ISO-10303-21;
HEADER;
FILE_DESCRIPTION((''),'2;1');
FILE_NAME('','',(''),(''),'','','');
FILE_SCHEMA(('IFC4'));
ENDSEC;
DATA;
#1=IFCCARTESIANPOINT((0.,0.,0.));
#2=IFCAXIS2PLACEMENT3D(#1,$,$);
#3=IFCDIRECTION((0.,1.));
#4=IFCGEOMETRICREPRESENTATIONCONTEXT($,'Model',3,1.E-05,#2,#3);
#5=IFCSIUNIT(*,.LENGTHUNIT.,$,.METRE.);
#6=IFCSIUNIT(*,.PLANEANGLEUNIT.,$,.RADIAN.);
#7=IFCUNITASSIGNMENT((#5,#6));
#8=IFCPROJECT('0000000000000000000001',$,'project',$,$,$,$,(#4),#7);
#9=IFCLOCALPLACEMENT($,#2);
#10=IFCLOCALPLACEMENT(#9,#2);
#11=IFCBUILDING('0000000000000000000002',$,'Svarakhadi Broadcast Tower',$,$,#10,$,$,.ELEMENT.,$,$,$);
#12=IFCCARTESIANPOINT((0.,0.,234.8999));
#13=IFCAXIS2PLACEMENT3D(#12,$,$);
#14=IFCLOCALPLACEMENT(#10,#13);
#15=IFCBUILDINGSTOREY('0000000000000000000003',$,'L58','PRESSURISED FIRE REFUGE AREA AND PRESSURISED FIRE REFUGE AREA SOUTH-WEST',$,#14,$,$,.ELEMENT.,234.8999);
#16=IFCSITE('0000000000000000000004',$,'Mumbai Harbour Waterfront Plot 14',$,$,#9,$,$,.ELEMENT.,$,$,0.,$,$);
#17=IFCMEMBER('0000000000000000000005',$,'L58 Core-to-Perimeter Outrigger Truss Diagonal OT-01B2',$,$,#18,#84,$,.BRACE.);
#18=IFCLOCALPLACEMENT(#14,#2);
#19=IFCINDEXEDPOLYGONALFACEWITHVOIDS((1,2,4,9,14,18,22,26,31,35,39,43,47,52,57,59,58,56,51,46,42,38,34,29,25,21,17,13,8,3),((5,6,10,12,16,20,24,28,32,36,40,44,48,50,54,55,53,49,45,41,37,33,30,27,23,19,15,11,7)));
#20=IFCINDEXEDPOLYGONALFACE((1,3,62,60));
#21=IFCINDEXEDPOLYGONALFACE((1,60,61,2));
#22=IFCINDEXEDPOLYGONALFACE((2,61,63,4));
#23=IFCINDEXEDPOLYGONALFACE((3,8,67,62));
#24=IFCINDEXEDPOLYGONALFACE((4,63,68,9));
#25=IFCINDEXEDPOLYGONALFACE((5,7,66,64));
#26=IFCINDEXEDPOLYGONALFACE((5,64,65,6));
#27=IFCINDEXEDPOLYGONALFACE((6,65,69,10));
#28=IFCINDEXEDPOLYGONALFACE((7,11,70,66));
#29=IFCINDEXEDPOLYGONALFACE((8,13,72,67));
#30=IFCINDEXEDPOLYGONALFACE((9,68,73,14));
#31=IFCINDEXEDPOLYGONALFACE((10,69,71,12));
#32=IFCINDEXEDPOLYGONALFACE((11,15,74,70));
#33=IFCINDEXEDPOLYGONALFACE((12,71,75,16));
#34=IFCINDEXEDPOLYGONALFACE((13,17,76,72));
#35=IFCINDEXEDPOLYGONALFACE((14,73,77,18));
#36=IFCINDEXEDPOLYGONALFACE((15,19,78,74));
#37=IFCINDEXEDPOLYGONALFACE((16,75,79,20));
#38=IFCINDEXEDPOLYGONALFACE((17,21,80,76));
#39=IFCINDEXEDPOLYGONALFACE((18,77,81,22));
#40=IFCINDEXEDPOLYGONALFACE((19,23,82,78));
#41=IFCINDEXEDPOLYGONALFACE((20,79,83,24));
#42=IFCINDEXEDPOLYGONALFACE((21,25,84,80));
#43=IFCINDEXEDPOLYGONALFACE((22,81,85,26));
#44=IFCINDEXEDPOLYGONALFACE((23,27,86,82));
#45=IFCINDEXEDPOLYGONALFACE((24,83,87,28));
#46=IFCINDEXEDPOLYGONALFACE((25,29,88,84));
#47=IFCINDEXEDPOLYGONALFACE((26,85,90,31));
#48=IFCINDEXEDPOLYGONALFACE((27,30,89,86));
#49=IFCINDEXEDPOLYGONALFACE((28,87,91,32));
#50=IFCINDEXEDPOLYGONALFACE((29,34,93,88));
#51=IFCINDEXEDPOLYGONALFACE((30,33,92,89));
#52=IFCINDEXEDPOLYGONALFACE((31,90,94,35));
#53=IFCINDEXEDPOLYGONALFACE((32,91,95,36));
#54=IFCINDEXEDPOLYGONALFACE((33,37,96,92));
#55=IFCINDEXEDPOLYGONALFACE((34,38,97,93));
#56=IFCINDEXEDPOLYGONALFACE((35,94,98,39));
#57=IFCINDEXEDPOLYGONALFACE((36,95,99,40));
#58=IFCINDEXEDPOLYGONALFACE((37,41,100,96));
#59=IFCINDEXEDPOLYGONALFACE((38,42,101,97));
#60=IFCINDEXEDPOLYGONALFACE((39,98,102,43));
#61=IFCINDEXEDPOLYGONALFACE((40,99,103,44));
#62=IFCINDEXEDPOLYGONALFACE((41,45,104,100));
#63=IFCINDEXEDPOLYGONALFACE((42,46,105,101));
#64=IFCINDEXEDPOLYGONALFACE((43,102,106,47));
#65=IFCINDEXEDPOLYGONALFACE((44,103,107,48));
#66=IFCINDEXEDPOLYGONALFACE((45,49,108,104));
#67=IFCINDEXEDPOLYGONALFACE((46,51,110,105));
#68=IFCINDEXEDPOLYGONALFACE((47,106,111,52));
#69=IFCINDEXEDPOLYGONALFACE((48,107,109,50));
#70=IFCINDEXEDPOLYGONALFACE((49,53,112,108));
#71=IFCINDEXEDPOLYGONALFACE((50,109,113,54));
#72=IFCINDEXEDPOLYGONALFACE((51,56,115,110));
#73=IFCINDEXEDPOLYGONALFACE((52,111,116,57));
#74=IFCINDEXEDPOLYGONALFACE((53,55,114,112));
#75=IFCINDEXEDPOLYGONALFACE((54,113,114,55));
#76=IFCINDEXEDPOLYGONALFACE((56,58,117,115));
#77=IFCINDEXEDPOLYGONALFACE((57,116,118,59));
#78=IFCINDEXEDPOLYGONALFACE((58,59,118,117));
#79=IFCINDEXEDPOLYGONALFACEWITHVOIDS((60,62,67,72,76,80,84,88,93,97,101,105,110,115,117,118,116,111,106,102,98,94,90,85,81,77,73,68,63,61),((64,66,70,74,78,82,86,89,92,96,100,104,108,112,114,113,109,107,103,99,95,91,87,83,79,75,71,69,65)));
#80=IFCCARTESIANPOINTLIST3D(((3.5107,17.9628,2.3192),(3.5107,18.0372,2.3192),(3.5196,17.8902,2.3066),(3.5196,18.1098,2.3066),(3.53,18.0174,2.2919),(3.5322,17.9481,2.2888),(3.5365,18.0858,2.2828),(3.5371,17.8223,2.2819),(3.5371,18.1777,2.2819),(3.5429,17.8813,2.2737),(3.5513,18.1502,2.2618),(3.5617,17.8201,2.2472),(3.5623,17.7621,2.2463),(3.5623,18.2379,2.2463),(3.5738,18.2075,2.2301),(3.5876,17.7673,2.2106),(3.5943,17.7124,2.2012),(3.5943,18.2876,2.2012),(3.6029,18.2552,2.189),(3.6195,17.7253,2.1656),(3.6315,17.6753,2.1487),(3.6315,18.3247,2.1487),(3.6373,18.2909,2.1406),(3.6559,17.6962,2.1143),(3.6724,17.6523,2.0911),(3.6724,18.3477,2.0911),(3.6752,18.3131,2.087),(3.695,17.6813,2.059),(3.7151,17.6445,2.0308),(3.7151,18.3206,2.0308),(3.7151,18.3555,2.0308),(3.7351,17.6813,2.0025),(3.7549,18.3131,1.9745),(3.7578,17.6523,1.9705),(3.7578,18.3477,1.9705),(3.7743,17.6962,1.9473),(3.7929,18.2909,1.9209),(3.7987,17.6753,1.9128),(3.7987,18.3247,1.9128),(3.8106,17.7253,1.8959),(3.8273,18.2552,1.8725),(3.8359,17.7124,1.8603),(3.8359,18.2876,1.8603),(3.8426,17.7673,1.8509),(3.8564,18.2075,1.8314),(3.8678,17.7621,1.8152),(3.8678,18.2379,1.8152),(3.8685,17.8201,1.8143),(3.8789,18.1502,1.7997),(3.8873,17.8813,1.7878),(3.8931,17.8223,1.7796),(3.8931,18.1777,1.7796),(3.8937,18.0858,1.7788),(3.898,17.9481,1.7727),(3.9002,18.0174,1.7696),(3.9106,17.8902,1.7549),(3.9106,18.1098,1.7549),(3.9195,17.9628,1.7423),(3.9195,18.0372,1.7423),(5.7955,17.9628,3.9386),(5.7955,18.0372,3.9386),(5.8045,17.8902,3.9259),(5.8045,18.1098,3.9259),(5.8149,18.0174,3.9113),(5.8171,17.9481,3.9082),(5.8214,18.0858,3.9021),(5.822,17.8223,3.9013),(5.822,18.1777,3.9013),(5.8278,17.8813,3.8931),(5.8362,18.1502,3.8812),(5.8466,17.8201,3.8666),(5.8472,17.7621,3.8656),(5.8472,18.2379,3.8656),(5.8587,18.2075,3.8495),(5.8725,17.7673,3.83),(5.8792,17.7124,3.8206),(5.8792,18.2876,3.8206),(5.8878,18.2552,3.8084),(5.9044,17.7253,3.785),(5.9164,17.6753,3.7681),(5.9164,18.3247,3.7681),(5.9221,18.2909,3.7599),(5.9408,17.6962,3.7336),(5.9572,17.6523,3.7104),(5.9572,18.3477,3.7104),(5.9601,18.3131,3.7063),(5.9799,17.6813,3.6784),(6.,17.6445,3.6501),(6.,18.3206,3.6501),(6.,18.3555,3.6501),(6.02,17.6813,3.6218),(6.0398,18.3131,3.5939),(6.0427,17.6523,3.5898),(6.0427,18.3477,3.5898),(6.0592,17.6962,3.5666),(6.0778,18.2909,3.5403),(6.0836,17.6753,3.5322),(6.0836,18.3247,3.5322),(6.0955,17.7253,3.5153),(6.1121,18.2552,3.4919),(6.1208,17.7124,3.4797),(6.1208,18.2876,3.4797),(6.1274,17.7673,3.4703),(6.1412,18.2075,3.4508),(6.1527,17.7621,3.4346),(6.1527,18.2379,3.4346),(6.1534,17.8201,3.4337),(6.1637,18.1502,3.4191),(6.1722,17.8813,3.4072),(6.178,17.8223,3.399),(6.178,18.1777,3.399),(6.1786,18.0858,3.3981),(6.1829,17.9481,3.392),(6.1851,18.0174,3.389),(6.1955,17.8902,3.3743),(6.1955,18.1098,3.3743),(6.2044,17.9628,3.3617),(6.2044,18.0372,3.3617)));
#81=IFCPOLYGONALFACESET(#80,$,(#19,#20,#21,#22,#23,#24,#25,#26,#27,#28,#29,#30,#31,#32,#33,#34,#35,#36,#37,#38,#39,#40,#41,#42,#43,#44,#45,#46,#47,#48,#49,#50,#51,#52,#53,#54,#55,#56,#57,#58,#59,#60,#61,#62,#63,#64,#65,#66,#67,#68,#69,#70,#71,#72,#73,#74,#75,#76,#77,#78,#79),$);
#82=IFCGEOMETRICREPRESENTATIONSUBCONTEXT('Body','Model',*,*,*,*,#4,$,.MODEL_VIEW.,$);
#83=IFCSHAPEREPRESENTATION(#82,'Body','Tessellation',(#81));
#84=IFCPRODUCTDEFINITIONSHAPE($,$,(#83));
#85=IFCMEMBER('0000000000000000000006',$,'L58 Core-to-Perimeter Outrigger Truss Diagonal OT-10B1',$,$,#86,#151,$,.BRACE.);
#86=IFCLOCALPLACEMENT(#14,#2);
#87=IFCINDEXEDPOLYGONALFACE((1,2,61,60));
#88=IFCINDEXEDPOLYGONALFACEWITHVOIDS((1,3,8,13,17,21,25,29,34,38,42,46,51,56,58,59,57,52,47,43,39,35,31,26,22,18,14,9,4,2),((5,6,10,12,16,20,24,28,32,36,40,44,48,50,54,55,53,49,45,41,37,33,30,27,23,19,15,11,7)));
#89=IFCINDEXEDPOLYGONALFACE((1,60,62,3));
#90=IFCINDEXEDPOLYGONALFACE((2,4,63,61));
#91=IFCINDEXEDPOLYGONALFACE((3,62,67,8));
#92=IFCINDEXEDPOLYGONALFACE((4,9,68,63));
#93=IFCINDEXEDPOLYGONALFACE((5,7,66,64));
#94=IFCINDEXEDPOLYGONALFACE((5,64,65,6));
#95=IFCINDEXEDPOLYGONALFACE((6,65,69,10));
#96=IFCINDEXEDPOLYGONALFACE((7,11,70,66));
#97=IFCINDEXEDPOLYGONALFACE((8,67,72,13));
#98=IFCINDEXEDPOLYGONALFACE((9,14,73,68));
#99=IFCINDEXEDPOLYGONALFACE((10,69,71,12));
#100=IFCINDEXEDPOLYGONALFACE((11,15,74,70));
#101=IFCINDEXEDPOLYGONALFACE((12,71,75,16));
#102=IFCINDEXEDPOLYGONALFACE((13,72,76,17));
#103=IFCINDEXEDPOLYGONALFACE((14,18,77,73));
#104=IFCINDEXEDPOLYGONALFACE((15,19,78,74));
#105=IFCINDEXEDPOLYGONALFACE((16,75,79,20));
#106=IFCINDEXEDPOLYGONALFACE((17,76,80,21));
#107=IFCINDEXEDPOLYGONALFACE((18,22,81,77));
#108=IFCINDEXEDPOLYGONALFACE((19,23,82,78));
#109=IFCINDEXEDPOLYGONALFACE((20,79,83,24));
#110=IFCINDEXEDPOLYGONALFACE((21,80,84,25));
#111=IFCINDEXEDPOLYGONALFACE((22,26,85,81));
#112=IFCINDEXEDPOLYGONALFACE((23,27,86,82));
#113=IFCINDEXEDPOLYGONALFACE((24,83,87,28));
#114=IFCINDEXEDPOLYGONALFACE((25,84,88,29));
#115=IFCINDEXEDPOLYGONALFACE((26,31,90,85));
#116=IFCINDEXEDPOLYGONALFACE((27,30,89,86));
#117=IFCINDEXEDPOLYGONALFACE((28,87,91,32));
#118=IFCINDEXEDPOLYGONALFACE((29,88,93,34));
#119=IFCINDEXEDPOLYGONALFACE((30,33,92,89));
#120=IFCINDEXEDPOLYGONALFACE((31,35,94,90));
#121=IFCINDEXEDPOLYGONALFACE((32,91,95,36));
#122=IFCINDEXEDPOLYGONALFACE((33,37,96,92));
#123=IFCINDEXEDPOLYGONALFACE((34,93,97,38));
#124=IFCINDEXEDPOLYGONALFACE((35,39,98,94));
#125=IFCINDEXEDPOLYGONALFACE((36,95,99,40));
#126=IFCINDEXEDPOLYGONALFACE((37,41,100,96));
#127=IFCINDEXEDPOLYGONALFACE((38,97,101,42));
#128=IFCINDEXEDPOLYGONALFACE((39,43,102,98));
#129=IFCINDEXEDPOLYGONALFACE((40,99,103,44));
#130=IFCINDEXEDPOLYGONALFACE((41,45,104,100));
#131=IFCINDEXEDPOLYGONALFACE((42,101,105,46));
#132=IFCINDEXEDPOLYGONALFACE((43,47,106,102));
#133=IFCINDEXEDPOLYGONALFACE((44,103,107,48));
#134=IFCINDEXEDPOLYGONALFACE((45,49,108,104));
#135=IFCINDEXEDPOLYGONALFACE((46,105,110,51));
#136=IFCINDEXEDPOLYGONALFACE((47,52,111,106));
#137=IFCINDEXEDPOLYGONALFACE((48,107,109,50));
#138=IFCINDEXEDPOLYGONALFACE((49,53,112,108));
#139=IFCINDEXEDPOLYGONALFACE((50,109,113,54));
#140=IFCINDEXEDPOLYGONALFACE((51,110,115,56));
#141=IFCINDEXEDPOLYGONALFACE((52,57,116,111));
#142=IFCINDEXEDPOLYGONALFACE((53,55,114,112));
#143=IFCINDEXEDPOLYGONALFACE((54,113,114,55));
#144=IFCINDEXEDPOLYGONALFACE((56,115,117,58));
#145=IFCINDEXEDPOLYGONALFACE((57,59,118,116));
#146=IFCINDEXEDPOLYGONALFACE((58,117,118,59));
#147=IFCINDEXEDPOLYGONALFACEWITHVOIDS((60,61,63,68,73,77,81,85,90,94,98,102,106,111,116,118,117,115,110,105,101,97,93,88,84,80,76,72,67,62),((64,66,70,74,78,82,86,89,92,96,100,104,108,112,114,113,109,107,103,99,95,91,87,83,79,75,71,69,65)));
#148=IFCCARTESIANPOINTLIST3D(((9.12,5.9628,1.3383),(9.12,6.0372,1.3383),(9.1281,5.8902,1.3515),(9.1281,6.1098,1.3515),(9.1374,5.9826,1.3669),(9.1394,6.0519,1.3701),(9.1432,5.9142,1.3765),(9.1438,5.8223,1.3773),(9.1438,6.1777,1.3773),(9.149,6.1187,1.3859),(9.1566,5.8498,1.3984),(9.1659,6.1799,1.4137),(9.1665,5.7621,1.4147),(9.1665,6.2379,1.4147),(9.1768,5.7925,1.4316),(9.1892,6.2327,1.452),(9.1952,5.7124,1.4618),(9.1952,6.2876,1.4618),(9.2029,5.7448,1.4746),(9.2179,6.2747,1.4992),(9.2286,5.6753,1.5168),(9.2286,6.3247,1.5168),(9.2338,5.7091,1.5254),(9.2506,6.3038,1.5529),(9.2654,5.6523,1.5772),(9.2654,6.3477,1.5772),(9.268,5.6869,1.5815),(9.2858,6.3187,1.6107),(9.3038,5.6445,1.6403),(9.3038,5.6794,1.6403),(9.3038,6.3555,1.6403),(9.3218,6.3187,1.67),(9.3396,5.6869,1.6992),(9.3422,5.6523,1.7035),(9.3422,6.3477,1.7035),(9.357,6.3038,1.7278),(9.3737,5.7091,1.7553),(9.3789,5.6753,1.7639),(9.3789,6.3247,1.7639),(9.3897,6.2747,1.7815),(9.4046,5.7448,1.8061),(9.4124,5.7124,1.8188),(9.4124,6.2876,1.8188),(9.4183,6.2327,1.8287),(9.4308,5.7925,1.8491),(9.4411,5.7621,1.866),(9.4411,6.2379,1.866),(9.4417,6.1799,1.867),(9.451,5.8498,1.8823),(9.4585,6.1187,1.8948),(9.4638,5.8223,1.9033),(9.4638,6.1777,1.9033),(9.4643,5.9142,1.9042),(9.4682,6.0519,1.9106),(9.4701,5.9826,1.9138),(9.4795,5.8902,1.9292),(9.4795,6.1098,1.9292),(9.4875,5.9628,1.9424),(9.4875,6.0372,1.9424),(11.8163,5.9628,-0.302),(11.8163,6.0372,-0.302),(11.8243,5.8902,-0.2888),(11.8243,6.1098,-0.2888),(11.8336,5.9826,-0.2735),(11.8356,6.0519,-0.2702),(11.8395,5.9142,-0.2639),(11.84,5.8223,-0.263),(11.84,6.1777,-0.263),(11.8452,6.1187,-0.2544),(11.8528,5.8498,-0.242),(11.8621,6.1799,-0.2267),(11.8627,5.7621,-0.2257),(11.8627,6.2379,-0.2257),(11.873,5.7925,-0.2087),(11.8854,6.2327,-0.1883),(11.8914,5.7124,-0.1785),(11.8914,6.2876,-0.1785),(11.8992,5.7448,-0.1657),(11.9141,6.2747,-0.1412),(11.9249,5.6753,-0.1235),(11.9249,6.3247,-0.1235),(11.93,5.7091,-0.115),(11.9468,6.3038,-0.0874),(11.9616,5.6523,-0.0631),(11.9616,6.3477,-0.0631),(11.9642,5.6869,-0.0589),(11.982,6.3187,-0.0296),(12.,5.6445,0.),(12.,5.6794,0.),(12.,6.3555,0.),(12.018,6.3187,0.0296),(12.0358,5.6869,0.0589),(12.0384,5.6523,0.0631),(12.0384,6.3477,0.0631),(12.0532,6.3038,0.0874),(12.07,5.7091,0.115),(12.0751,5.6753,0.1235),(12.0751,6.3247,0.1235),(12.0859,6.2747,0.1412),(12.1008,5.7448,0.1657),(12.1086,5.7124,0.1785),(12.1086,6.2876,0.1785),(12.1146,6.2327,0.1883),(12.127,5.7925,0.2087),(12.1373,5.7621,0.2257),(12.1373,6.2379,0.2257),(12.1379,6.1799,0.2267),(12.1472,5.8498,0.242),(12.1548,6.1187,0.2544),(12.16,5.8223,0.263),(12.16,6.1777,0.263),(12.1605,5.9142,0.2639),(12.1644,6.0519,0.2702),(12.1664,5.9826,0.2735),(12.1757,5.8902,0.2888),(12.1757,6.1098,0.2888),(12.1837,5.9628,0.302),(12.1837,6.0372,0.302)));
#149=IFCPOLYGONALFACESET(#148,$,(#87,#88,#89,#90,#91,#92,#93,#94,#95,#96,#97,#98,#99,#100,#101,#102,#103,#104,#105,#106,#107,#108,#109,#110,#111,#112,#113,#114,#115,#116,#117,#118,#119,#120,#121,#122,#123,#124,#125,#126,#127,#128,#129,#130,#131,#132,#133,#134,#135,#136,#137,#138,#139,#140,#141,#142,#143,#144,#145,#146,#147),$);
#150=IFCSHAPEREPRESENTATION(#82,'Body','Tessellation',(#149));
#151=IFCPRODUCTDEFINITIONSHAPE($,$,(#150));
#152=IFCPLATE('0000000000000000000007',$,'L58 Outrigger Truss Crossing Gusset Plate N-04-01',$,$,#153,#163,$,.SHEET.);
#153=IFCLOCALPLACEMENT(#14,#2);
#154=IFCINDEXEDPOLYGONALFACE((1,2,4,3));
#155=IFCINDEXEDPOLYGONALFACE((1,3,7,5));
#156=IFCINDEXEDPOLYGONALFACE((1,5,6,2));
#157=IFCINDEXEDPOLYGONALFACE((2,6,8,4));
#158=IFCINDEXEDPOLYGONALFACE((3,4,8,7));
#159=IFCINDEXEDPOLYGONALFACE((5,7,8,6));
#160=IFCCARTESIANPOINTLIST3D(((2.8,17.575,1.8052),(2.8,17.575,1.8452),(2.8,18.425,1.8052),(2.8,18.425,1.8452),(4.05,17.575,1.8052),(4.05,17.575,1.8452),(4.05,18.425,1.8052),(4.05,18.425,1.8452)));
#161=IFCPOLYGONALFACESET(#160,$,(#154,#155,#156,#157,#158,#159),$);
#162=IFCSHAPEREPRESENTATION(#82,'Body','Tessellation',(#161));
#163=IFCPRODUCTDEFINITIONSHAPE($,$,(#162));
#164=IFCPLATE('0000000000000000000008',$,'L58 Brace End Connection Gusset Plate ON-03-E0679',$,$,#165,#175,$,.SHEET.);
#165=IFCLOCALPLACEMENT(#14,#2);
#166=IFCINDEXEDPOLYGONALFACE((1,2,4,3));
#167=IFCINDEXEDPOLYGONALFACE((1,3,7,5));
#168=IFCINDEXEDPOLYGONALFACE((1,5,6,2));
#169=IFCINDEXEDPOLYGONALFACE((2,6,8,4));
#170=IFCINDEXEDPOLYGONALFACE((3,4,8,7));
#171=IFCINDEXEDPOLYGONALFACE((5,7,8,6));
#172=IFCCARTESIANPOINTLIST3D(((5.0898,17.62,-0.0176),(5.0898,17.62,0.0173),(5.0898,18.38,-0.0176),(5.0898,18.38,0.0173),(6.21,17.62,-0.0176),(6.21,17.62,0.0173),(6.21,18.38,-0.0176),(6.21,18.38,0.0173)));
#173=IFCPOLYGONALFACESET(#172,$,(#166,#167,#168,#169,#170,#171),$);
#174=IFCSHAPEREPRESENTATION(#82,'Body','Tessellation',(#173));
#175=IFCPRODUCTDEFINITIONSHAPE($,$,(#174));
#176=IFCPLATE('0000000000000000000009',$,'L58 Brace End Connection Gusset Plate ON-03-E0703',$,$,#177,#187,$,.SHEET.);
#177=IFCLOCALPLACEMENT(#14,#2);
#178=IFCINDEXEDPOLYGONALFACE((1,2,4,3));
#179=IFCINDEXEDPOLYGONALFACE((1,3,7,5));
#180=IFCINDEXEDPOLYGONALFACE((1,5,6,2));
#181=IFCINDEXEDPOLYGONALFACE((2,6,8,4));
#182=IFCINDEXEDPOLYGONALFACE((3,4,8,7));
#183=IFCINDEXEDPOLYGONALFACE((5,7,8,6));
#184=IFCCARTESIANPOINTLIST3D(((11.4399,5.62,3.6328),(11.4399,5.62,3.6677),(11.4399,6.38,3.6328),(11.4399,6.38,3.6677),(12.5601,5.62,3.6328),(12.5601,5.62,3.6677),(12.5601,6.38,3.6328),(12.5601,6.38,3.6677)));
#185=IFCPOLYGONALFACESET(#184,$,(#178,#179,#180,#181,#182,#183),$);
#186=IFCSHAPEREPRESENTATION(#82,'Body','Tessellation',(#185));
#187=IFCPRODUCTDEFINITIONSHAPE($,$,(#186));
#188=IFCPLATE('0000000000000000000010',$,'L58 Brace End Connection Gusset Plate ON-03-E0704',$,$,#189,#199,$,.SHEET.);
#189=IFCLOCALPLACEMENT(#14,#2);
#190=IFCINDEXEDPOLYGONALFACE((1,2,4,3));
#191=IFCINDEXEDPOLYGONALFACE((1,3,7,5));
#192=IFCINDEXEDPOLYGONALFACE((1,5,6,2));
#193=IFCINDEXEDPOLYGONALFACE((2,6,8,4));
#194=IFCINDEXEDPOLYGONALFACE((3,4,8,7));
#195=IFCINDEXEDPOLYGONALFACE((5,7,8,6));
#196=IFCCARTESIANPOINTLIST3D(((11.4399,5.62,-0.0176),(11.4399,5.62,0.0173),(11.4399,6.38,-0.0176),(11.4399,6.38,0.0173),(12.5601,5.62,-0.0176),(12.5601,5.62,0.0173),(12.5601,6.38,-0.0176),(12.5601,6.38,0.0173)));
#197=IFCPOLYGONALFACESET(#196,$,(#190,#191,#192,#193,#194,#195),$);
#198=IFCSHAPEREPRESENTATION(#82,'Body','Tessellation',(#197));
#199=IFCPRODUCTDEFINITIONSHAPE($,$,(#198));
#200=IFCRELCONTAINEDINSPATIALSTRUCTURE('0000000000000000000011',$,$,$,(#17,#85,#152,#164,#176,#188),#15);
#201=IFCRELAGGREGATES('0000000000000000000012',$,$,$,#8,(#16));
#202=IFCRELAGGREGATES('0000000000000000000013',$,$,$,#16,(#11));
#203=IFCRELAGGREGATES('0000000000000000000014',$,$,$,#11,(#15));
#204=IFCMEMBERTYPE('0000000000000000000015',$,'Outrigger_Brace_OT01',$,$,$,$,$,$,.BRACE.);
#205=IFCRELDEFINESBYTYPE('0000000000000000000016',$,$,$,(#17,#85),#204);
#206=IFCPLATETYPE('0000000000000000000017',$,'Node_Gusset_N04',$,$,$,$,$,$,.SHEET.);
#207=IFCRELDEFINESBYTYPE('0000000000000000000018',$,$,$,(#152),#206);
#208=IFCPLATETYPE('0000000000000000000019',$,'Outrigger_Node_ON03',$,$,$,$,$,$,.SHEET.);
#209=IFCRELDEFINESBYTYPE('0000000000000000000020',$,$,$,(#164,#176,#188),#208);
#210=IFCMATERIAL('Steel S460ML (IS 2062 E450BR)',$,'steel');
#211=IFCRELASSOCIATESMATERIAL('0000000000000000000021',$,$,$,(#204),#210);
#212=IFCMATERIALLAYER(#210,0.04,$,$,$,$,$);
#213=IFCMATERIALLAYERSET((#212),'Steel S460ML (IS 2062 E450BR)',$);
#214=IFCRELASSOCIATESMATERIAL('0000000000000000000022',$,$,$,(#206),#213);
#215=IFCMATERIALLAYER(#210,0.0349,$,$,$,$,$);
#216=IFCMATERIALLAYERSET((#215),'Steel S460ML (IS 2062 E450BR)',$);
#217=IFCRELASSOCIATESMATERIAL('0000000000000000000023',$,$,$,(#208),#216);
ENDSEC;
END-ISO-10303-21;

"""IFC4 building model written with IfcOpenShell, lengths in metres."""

from ifc_helpers import new_model, si_unit, direction, frame, origin, origin_2d, place, context, subcontext, project, spatial, rectangle, hollow_circle, extrude, material, layer, layer_set, material_profile, profile_set, type_object, element, save


model = new_model("IFC4")

# Units and contexts
model_context = context("Model", 3, precision=1e-05, world=origin(), true_north=direction((0.0, 1.0)))
body_context = subcontext(model_context, "Body", "Model", "MODEL_VIEW")
ifc_project = project(units=[si_unit("LENGTHUNIT", "METRE"), si_unit("PLANEANGLEUNIT", "RADIAN")], contexts=[model_context])

# Site, building, storey
site_placement = place(None, origin())
site = spatial("IfcSite", under=ifc_project, at=site_placement, Name="Mumbai Harbour Waterfront Plot 14", CompositionType="ELEMENT", RefElevation=0.0)
building_placement = place(site_placement, origin())
building = spatial("IfcBuilding", under=site, at=building_placement, Name="Svarakhadi Broadcast Tower", CompositionType="ELEMENT")
storey_placement = place(building_placement, frame((0.0, 0.0, 234.8999)))
storey = spatial("IfcBuildingStorey", under=building, at=storey_placement, Name="L58", Description="PRESSURISED FIRE REFUGE AREA AND PRESSURISED FIRE REFUGE AREA SOUTH-WEST", CompositionType="ELEMENT", Elevation=234.8999)

# Shared definitions
ifc_material_1 = material(Name="Steel S460ML (IS 2062 E450BR)", Category="steel")

# Members
ifc_material_profile_1 = material_profile(ifc_material_1, hollow_circle(Radius=0.3555, WallThickness=0.0349, at=origin_2d()), Name="CHS 711x35")
ifc_profile_set_1 = profile_set([ifc_material_profile_1], Name="Steel S460ML (IS 2062 E450BR)")
member_type = type_object("IfcMemberType", Name="Outrigger_Brace_OT01", PredefinedType="BRACE", material=ifc_profile_set_1)
member_1_placement = place(storey_placement, frame((3.7151, 18.0, 2.0308), z_axis=(0.815872, 0.0, 0.578233), x_axis=(0.0, 1.0, 0.0)))
element("IfcMember", 1, at=member_1_placement, inside=storey, type_object=member_type, Name="L58 Core-to-Perimeter Outrigger Truss Diagonal OT-01B2", PredefinedType="BRACE", context=body_context, shape_type="SweptSolid", body=[
    extrude(hollow_circle(Radius=0.3555, WallThickness=0.0349, at=origin_2d()), origin(), (0.0, 0.0, 1.0), 2.8005),
])
member_2_placement = place(storey_placement, frame((12.0, 6.0, 0.0), z_axis=(-0.854317, 0.0, 0.519753), x_axis=(0.0, -1.0, 0.0)))
element("IfcMember", 2, at=member_2_placement, inside=storey, type_object=member_type, Name="L58 Core-to-Perimeter Outrigger Truss Diagonal OT-10B1", PredefinedType="BRACE", context=body_context, shape_type="SweptSolid", body=[
    extrude(hollow_circle(Radius=0.3555, WallThickness=0.0349, at=origin_2d()), origin(), (0.0, 0.0, 1.0), 3.156),
])

# Plates
ifc_layer_1 = layer(ifc_material_1, 0.04)
ifc_layer_set_1 = layer_set([ifc_layer_1], Name="Steel S460ML (IS 2062 E450BR)")
plate_type_1 = type_object("IfcPlateType", Name="Node_Gusset_N04", PredefinedType="SHEET", material=ifc_layer_set_1)
plate_placement = place(storey_placement, frame((3.425, 18.0, 1.8052), z_axis=(0.0, 0.0, 1.0), x_axis=(1.0, 0.0, 0.0)))
element("IfcPlate", 3, at=plate_placement, inside=storey, type_object=plate_type_1, Name="L58 Outrigger Truss Crossing Gusset Plate N-04-01", PredefinedType="SHEET", context=body_context, shape_type="SweptSolid", body=[
    extrude(rectangle(XDim=1.25, YDim=0.8501, at=origin_2d()), origin(), (0.0, 0.0, 1.0), 0.04),
])
ifc_layer_2 = layer(ifc_material_1, 0.0349)
ifc_layer_set_2 = layer_set([ifc_layer_2], Name="Steel S460ML (IS 2062 E450BR)")
plate_type_2 = type_object("IfcPlateType", Name="Outrigger_Node_ON03", PredefinedType="SHEET", material=ifc_layer_set_2)
for number, where, z_axis, x_axis, name in (
    (4, (5.6499, 18.0, -0.0176), (0.0, 0.0, 1.0), (1.0, 0.0, 0.0), "L58 Brace End Connection Gusset Plate ON-03-E0679"),
    (5, (12.0, 6.0, 3.6328), (0.0, 0.0, 1.0), (1.0, 0.0, 0.0), "L58 Brace End Connection Gusset Plate ON-03-E0703"),
    (6, (12.0, 6.0, -0.0176), (0.0, 0.0, 1.0), (1.0, 0.0, 0.0), "L58 Brace End Connection Gusset Plate ON-03-E0704"),
):
    element("IfcPlate", number, at=place(storey_placement, frame(where, z_axis=z_axis, x_axis=x_axis)), inside=storey, type_object=plate_type_2, Name=name, PredefinedType="SHEET", context=body_context, shape_type="SweptSolid", body=[
        extrude(rectangle(XDim=1.1201, YDim=0.76, at=origin_2d()), origin(), (0.0, 0.0, 1.0), 0.0349),
    ])

save(model, "model.ifc")
